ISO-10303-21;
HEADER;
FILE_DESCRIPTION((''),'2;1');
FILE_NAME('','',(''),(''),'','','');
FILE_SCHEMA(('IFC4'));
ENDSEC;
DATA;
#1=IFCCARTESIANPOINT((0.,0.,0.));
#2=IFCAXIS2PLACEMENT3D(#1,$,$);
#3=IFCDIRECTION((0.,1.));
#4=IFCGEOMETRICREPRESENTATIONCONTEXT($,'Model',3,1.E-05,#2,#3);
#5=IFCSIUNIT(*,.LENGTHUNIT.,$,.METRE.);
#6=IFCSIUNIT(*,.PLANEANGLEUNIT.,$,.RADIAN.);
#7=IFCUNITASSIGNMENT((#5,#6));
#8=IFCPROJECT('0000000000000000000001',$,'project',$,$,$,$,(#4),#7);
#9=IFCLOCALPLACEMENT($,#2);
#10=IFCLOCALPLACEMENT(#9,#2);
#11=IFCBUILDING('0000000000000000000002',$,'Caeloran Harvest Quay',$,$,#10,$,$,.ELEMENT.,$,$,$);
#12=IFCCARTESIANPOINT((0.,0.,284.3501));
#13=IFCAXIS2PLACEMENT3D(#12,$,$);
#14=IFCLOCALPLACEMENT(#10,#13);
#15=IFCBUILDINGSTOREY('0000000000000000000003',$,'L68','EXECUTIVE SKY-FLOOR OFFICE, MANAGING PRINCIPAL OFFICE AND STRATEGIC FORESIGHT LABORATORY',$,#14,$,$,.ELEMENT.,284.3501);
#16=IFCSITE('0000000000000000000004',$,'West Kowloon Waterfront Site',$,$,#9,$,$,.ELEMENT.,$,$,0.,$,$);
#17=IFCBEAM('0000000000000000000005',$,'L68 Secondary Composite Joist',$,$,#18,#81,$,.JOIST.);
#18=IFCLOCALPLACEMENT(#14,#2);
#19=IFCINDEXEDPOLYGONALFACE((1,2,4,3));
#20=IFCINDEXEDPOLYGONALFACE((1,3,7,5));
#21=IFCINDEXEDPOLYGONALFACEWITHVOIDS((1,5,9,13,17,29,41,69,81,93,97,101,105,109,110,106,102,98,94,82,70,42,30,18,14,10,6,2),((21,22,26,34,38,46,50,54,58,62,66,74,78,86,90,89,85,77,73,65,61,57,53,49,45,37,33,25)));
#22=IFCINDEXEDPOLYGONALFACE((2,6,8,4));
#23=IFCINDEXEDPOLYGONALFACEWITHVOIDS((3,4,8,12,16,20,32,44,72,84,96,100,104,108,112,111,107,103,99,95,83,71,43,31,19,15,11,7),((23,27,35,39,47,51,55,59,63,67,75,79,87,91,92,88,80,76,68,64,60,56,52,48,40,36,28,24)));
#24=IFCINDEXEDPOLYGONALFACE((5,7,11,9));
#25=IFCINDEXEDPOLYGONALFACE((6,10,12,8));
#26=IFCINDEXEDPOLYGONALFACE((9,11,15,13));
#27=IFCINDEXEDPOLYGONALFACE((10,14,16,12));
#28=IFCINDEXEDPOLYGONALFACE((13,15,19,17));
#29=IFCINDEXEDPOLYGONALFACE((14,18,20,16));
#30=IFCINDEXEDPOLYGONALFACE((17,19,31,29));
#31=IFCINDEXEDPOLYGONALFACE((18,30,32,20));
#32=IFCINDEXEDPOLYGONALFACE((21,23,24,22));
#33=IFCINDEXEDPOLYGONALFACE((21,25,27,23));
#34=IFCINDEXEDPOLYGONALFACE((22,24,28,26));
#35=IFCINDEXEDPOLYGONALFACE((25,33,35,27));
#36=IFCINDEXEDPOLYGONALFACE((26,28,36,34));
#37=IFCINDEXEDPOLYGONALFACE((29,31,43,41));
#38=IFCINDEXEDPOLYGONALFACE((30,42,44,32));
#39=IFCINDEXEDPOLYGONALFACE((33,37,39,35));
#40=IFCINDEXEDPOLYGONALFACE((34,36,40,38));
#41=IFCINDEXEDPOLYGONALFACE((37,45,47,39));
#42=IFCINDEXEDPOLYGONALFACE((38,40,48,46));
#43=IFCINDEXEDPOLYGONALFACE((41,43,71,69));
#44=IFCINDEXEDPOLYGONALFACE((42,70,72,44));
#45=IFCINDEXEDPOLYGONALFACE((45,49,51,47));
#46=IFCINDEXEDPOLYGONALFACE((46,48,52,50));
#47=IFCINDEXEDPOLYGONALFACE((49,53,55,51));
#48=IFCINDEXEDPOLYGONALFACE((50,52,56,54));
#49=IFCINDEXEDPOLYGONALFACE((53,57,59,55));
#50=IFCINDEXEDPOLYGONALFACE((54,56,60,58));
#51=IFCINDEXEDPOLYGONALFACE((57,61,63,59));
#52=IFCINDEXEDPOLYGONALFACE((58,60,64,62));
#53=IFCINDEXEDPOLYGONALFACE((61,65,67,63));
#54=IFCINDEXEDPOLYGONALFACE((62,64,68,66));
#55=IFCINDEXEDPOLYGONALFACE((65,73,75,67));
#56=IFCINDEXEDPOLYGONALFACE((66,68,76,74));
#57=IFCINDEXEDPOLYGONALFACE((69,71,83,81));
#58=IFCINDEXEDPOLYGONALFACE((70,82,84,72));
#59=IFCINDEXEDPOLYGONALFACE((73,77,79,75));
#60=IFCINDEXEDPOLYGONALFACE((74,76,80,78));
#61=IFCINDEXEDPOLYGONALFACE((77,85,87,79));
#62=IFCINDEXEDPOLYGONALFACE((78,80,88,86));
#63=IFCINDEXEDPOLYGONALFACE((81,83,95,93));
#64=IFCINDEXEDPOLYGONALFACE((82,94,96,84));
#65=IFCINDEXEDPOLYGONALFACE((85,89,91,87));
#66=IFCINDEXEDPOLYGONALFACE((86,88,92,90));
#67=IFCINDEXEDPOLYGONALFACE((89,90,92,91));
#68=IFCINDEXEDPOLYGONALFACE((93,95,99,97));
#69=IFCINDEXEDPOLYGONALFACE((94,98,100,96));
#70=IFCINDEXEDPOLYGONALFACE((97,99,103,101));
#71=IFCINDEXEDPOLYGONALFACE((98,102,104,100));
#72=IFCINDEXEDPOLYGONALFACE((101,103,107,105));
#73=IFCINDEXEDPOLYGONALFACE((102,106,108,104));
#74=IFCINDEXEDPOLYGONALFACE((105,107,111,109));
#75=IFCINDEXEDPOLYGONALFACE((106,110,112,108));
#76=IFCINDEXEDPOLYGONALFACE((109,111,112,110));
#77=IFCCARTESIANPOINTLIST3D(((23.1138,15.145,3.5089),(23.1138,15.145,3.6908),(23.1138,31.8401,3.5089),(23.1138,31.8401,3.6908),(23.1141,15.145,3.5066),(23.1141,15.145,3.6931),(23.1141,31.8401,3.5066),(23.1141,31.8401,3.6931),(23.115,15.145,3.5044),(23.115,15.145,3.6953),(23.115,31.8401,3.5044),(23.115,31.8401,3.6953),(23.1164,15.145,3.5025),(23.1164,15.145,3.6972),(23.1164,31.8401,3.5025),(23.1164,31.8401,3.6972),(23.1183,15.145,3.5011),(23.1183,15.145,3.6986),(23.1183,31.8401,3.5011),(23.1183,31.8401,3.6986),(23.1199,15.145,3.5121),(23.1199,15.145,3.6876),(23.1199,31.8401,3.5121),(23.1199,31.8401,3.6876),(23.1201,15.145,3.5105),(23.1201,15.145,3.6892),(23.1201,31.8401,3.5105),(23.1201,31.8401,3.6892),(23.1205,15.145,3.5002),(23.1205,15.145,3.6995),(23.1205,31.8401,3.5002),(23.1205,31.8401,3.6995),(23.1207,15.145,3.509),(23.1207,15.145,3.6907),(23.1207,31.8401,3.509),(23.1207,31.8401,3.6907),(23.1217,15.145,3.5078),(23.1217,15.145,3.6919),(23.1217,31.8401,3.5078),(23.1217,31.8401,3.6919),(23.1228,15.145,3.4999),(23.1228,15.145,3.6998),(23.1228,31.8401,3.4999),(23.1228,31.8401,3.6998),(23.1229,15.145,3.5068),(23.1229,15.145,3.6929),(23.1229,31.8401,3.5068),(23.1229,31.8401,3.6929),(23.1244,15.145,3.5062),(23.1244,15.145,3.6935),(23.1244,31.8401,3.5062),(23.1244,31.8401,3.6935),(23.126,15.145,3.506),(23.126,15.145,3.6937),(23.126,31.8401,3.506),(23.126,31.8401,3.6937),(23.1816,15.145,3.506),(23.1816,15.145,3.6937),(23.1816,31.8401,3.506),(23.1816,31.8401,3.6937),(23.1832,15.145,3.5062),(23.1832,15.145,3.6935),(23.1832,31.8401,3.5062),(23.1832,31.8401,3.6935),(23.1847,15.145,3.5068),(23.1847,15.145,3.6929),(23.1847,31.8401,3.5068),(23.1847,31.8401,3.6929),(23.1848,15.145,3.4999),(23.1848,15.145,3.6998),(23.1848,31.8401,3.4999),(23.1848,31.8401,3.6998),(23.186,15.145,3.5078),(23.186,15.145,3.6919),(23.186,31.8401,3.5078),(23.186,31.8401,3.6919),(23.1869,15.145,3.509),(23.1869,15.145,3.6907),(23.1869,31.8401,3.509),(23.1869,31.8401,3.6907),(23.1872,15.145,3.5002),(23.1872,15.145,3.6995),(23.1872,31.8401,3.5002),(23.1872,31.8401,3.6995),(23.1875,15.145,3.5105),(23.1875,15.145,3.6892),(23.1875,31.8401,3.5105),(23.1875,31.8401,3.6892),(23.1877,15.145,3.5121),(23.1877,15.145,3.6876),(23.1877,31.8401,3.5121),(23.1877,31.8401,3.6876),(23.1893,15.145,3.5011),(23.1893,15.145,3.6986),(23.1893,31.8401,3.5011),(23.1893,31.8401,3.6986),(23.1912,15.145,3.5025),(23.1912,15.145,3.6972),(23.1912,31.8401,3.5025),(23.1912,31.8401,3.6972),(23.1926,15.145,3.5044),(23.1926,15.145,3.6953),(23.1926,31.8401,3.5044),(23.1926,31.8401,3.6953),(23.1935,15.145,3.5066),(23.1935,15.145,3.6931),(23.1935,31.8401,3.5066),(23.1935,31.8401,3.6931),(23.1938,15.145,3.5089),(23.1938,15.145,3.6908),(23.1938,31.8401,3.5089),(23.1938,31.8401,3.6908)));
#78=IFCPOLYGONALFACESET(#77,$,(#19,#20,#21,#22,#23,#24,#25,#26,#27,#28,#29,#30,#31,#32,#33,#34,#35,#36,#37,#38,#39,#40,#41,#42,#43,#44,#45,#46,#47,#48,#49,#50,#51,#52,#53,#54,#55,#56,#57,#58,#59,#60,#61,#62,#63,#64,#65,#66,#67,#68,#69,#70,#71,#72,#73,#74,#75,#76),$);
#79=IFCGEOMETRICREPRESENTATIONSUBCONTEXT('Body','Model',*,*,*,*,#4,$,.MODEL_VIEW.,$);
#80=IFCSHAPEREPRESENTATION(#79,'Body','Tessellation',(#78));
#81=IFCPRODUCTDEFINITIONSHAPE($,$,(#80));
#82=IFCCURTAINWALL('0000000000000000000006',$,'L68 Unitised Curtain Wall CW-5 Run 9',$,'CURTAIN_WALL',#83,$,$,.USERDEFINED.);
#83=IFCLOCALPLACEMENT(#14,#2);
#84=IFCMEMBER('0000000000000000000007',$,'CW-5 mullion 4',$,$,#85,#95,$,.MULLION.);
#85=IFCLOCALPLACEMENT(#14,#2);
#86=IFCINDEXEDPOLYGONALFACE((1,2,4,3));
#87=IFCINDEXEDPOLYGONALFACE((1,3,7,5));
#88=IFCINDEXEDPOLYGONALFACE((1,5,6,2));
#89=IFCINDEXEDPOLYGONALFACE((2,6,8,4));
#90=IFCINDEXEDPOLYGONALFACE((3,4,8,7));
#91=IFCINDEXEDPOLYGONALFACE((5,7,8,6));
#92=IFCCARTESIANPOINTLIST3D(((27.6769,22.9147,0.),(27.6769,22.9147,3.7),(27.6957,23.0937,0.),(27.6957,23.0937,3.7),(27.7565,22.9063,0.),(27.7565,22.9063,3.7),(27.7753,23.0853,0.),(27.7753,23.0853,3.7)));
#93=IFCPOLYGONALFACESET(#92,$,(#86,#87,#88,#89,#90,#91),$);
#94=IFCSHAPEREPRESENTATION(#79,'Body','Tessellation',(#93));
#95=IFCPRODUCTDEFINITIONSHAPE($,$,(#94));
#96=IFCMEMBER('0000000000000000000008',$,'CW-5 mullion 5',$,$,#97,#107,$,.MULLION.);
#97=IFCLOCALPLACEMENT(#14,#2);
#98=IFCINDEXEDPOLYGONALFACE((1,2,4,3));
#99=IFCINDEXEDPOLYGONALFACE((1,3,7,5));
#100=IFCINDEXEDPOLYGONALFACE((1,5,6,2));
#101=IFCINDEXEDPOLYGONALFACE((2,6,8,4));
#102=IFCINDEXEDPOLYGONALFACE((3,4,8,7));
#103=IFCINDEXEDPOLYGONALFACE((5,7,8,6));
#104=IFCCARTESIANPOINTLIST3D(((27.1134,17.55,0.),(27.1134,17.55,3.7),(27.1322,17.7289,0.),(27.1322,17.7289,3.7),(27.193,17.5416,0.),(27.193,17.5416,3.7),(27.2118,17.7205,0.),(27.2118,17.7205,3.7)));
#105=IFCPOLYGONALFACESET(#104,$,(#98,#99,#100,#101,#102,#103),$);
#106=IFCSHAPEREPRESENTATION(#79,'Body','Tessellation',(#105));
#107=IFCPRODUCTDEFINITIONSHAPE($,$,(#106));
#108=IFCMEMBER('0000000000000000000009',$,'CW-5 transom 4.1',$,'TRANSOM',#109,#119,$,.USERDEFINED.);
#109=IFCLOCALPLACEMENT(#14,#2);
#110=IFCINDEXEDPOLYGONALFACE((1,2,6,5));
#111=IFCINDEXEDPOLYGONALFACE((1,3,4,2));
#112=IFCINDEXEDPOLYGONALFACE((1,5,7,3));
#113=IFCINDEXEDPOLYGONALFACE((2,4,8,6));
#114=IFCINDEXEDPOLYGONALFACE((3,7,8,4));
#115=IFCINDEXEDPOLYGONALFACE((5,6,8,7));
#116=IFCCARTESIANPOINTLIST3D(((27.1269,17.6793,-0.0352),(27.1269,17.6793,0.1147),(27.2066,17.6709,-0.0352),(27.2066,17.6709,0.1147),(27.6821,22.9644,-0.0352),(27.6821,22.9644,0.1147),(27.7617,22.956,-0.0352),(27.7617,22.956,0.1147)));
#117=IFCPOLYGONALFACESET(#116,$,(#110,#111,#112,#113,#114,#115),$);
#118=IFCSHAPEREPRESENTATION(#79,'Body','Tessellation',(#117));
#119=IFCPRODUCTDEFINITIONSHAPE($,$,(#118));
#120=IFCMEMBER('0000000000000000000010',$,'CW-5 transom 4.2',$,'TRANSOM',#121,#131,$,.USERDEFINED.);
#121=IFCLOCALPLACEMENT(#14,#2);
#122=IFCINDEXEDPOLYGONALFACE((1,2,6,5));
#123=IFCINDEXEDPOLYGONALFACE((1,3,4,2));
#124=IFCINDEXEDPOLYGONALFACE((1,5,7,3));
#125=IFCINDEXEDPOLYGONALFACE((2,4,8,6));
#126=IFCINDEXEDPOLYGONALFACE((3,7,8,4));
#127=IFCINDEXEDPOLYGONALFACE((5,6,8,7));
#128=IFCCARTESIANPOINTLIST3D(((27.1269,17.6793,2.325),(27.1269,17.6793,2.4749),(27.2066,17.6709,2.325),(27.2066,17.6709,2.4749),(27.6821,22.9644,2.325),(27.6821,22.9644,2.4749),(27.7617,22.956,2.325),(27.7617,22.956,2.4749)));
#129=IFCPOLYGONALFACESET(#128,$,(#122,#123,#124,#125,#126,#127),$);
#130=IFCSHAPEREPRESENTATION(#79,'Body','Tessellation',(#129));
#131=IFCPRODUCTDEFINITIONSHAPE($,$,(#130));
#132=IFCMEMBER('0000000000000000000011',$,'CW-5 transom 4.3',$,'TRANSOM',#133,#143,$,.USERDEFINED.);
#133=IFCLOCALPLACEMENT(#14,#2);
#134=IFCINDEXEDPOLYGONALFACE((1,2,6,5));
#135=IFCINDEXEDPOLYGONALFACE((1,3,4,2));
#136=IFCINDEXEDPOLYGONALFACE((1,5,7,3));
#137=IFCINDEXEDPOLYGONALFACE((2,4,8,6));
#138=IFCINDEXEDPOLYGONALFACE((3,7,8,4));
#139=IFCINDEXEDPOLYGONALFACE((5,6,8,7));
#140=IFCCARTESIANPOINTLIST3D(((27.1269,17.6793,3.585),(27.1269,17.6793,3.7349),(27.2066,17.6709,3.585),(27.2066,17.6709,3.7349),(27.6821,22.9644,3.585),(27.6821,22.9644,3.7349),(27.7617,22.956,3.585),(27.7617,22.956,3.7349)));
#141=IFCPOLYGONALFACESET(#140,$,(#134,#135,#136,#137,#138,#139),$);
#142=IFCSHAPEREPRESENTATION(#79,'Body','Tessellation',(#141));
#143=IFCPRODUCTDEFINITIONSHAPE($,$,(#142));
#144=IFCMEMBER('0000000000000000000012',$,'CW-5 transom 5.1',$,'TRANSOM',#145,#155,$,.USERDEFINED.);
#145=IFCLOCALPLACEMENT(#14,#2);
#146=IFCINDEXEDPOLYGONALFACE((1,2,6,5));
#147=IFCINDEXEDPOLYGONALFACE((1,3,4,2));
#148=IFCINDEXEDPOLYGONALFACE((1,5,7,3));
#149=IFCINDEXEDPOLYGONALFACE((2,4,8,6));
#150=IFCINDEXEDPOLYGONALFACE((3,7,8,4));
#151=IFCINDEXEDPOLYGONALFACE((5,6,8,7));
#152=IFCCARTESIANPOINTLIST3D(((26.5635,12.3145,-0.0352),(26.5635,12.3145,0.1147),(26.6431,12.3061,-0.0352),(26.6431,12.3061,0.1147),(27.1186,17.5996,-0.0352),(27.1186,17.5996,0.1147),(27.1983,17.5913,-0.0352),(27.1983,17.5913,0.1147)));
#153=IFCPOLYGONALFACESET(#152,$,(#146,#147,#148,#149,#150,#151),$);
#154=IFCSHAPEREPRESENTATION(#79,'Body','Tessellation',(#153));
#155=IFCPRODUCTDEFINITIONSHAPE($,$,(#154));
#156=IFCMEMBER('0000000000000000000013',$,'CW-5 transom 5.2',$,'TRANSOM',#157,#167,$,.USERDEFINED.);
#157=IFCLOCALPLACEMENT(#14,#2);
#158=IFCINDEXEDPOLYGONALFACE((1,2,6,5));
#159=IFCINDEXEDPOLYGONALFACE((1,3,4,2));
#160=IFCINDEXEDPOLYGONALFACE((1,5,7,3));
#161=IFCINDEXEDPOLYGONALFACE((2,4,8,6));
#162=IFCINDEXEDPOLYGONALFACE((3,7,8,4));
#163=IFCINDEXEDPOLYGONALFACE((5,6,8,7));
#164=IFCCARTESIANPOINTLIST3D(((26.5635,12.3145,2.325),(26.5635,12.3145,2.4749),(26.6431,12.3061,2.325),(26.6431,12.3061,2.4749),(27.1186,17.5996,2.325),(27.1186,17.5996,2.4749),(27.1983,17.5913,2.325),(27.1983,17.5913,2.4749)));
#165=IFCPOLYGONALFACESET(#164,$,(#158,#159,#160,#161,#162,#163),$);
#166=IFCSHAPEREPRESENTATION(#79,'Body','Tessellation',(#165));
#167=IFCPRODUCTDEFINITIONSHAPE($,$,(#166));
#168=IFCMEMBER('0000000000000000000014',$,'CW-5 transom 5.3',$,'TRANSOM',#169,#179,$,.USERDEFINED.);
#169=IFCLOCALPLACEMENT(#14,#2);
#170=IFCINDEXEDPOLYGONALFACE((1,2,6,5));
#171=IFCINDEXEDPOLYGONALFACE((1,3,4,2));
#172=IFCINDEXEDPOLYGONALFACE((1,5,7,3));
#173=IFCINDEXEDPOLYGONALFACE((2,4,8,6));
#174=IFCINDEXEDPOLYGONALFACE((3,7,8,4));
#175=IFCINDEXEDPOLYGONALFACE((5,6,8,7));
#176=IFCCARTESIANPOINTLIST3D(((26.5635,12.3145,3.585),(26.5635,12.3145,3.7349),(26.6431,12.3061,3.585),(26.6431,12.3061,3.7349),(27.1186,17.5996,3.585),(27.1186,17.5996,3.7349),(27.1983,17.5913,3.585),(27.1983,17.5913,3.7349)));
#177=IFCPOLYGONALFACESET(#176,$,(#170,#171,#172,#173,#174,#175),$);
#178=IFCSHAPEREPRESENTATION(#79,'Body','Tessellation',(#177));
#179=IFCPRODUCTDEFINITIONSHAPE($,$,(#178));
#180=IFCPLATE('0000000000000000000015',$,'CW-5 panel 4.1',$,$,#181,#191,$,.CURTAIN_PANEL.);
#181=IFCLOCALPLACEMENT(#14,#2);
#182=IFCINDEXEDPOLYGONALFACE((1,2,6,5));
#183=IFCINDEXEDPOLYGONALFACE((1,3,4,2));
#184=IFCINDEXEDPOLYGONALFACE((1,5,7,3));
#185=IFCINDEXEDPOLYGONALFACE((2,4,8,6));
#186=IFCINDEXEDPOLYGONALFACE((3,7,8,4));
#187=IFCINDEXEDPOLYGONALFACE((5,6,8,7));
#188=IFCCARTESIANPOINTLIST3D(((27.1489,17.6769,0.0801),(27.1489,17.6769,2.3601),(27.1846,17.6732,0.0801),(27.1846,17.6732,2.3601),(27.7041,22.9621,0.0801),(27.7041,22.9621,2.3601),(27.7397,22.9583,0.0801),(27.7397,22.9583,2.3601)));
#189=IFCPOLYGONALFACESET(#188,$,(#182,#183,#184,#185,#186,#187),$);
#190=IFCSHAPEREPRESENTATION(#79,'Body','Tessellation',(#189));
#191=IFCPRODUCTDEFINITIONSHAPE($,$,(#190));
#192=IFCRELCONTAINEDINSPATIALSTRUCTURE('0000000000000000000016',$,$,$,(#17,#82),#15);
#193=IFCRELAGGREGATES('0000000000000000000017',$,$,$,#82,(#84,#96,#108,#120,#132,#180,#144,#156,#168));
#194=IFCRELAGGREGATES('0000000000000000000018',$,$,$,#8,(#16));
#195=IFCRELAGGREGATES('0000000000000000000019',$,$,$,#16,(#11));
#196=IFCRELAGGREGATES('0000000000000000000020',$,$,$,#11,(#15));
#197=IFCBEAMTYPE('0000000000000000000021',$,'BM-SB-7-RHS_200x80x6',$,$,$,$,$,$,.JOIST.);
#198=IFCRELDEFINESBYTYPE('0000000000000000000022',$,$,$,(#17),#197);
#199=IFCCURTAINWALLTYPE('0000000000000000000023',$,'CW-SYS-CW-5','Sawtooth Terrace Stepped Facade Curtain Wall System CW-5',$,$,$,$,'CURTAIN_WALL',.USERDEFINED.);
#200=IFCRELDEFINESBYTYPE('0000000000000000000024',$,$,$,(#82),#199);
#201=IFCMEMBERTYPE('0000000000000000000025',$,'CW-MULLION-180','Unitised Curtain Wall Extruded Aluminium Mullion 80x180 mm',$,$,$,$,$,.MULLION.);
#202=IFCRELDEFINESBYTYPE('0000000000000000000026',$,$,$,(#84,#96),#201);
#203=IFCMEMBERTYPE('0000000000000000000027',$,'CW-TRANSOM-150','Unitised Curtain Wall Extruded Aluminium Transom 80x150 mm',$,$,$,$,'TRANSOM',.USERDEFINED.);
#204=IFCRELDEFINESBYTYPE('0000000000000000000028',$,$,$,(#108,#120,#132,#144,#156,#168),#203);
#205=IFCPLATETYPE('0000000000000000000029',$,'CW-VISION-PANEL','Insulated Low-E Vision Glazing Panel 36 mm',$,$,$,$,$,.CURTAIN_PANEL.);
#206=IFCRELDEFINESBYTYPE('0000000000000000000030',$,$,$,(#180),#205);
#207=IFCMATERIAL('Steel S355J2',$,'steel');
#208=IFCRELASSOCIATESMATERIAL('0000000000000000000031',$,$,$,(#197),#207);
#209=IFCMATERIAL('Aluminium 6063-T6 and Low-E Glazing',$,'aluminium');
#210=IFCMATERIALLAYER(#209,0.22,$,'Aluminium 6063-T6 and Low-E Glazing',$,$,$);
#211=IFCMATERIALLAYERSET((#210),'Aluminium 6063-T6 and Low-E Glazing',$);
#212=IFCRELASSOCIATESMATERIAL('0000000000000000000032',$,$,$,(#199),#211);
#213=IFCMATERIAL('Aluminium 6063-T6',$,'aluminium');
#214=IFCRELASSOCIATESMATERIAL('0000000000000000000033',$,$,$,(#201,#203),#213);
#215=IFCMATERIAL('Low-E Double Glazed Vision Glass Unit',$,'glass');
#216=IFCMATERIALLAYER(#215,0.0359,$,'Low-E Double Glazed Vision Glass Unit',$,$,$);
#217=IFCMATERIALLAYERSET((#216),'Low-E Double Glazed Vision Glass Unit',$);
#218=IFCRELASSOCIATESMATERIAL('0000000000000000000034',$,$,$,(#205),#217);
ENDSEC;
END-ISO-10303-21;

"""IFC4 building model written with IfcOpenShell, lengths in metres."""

from ifc_helpers import new_model, si_unit, direction, frame, origin, origin_2d, place, context, subcontext, project, spatial, rectangle, hollow_rectangle, extrude, material, layer, layer_set, material_profile, profile_set, type_object, element, aggregate, save


model = new_model("IFC4")

# Units and contexts
model_context = context("Model", 3, precision=1e-05, world=origin(), true_north=direction((0.0, 1.0)))
body_context = subcontext(model_context, "Body", "Model", "MODEL_VIEW")
ifc_project = project(units=[si_unit("LENGTHUNIT", "METRE"), si_unit("PLANEANGLEUNIT", "RADIAN")], contexts=[model_context])

# Site, building, storey
site_placement = place(None, origin())
site = spatial("IfcSite", under=ifc_project, at=site_placement, Name="West Kowloon Waterfront Site", CompositionType="ELEMENT", RefElevation=0.0)
building_placement = place(site_placement, origin())
building = spatial("IfcBuilding", under=site, at=building_placement, Name="Caeloran Harvest Quay", CompositionType="ELEMENT")
storey_placement = place(building_placement, frame((0.0, 0.0, 284.3501)))
storey = spatial("IfcBuildingStorey", under=building, at=storey_placement, Name="L68", Description="EXECUTIVE SKY-FLOOR OFFICE, MANAGING PRINCIPAL OFFICE AND STRATEGIC FORESIGHT LABORATORY", CompositionType="ELEMENT", Elevation=284.3501)

# Beam
ifc_material_1 = material(Name="Steel S355J2", Category="steel")
ifc_material_profile_1 = material_profile(ifc_material_1, hollow_rectangle(XDim=0.0801, YDim=0.2, WallThickness=0.0061, InnerFilletRadius=0.0061, OuterFilletRadius=0.009, at=origin_2d()), Name="RHS 200x80x6")
ifc_profile_set_1 = profile_set([ifc_material_profile_1], Name="Steel S355J2")
beam_type_1 = type_object("IfcBeamType", Name="BM-SB-7-RHS_200x80x6", PredefinedType="JOIST", material=ifc_profile_set_1)
for number, where, z_axis, x_axis, name in (
    (1, (23.1538, 15.145, 3.5999), (0.0, 1.0, 0.0), (-1.0, 0.0, 0.0), "L68 Secondary Composite Joist"),
):
    element("IfcBeam", number, at=place(storey_placement, frame(where, z_axis=z_axis, x_axis=x_axis)), inside=storey, type_object=beam_type_1, Name=name, PredefinedType="JOIST", context=body_context, shape_type="SweptSolid", body=[
        extrude(hollow_rectangle(XDim=0.0801, YDim=0.2, WallThickness=0.0061, InnerFilletRadius=0.0061, OuterFilletRadius=0.009, at=origin_2d()), origin(), (0.0, 0.0, 1.0), 16.6951),
    ])

# Curtain wall, members, plate
ifc_material_2 = material(Name="Aluminium 6063-T6 and Low-E Glazing", Category="aluminium")
ifc_layer_1 = layer(ifc_material_2, 0.22, Name="Aluminium 6063-T6 and Low-E Glazing")
ifc_layer_set_1 = layer_set([ifc_layer_1], Name="Aluminium 6063-T6 and Low-E Glazing")
curtain_wall_type = type_object("IfcCurtainWallType", Name="CW-SYS-CW-5", Description="Sawtooth Terrace Stepped Facade Curtain Wall System CW-5", ElementType="CURTAIN_WALL", PredefinedType="USERDEFINED", material=ifc_layer_set_1)
curtain_wall_placement = place(storey_placement, origin())
curtain_wall = element("IfcCurtainWall", 2, at=curtain_wall_placement, inside=storey, type_object=curtain_wall_type, Name="L68 Unitised Curtain Wall CW-5 Run 9", ObjectType="CURTAIN_WALL", PredefinedType="USERDEFINED")
ifc_material_3 = material(Name="Aluminium 6063-T6", Category="aluminium")
ifc_material_profile_2 = material_profile(ifc_material_3, rectangle(XDim=0.0801, YDim=0.1799, at=origin_2d()), Name="CW-MULLION-180")
ifc_profile_set_2 = profile_set([ifc_material_profile_2], Name="Aluminium 6063-T6")
member_type_1 = type_object("IfcMemberType", Name="CW-MULLION-180", Description="Unitised Curtain Wall Extruded Aluminium Mullion 80x180 mm", PredefinedType="MULLION", material=ifc_profile_set_2)
member_1_placement = place(storey_placement, frame((27.7261, 23.0, 0.0), z_axis=(0.0, 0.0, 1.0), x_axis=(0.994529, -0.10446, 0.0)))
member_1 = element("IfcMember", 3, at=member_1_placement, type_object=member_type_1, Name="CW-5 mullion 4", PredefinedType="MULLION", context=body_context, shape_type="SweptSolid", body=[
    extrude(rectangle(XDim=0.0801, YDim=0.1799, at=origin_2d()), origin(), (0.0, 0.0, 1.0), 3.7),
])
member_2_placement = place(storey_placement, frame((27.1626, 17.6353, 0.0), z_axis=(0.0, 0.0, 1.0), x_axis=(0.994529, -0.10446, 0.0)))
member_2 = element("IfcMember", 4, at=member_2_placement, type_object=member_type_1, Name="CW-5 mullion 5", PredefinedType="MULLION", context=body_context, shape_type="SweptSolid", body=[
    extrude(rectangle(XDim=0.0801, YDim=0.1799, at=origin_2d()), origin(), (0.0, 0.0, 1.0), 3.7),
])
ifc_material_profile_3 = material_profile(ifc_material_3, rectangle(XDim=0.0801, YDim=0.1499, at=origin_2d()), Name="CW-TRANSOM-150")
ifc_profile_set_3 = profile_set([ifc_material_profile_3], Name="Aluminium 6063-T6")
member_type_2 = type_object("IfcMemberType", Name="CW-TRANSOM-150", Description="Unitised Curtain Wall Extruded Aluminium Transom 80x150 mm", ElementType="TRANSOM", PredefinedType="USERDEFINED", material=ifc_profile_set_3)
member_3_placement = place(storey_placement, frame((27.7219, 22.9602, 0.0398), z_axis=(-0.10447, -0.994528, 0.0), x_axis=(0.994528, -0.10447, 0.0)))
member_3 = element("IfcMember", 5, at=member_3_placement, type_object=member_type_2, Name="CW-5 transom 4.1", ObjectType="TRANSOM", PredefinedType="USERDEFINED", context=body_context, shape_type="SweptSolid", body=[
    extrude(rectangle(XDim=0.0801, YDim=0.1499, at=origin_2d()), origin(), (0.0, 0.0, 1.0), 5.3142),
])
member_4_placement = place(storey_placement, frame((27.7219, 22.9602, 2.3999), z_axis=(-0.10447, -0.994528, 0.0), x_axis=(0.994528, -0.10447, 0.0)))
member_4 = element("IfcMember", 6, at=member_4_placement, type_object=member_type_2, Name="CW-5 transom 4.2", ObjectType="TRANSOM", PredefinedType="USERDEFINED", context=body_context, shape_type="SweptSolid", body=[
    extrude(rectangle(XDim=0.0801, YDim=0.1499, at=origin_2d()), origin(), (0.0, 0.0, 1.0), 5.3142),
])
member_5_placement = place(storey_placement, frame((27.7219, 22.9602, 3.6599), z_axis=(-0.10447, -0.994528, 0.0), x_axis=(0.994528, -0.10447, 0.0)))
member_5 = element("IfcMember", 7, at=member_5_placement, type_object=member_type_2, Name="CW-5 transom 4.3", ObjectType="TRANSOM", PredefinedType="USERDEFINED", context=body_context, shape_type="SweptSolid", body=[
    extrude(rectangle(XDim=0.0801, YDim=0.1499, at=origin_2d()), origin(), (0.0, 0.0, 1.0), 5.3142),
])
member_6_placement = place(storey_placement, frame((27.1584, 17.5955, 0.0398), z_axis=(-0.10447, -0.994528, 0.0), x_axis=(0.994528, -0.10447, 0.0)))
member_6 = element("IfcMember", 8, at=member_6_placement, type_object=member_type_2, Name="CW-5 transom 5.1", ObjectType="TRANSOM", PredefinedType="USERDEFINED", context=body_context, shape_type="SweptSolid", body=[
    extrude(rectangle(XDim=0.0801, YDim=0.1499, at=origin_2d()), origin(), (0.0, 0.0, 1.0), 5.3142),
])
member_7_placement = place(storey_placement, frame((27.1584, 17.5955, 2.3999), z_axis=(-0.10447, -0.994528, 0.0), x_axis=(0.994528, -0.10447, 0.0)))
member_7 = element("IfcMember", 9, at=member_7_placement, type_object=member_type_2, Name="CW-5 transom 5.2", ObjectType="TRANSOM", PredefinedType="USERDEFINED", context=body_context, shape_type="SweptSolid", body=[
    extrude(rectangle(XDim=0.0801, YDim=0.1499, at=origin_2d()), origin(), (0.0, 0.0, 1.0), 5.3142),
])
member_8_placement = place(storey_placement, frame((27.1584, 17.5955, 3.6599), z_axis=(-0.10447, -0.994528, 0.0), x_axis=(0.994528, -0.10447, 0.0)))
member_8 = element("IfcMember", 10, at=member_8_placement, type_object=member_type_2, Name="CW-5 transom 5.3", ObjectType="TRANSOM", PredefinedType="USERDEFINED", context=body_context, shape_type="SweptSolid", body=[
    extrude(rectangle(XDim=0.0801, YDim=0.1499, at=origin_2d()), origin(), (0.0, 0.0, 1.0), 5.3142),
])
ifc_material_4 = material(Name="Low-E Double Glazed Vision Glass Unit", Category="glass")
ifc_layer_2 = layer(ifc_material_4, 0.0359, Name="Low-E Double Glazed Vision Glass Unit")
ifc_layer_set_2 = layer_set([ifc_layer_2], Name="Low-E Double Glazed Vision Glass Unit")
plate_type = type_object("IfcPlateType", Name="CW-VISION-PANEL", Description="Insulated Low-E Vision Glazing Panel 36 mm", PredefinedType="CURTAIN_PANEL", material=ifc_layer_set_2)
plate_1_placement = place(storey_placement, frame((27.4443, 20.3176, 0.0801), z_axis=(0.0, 0.0, 1.0), x_axis=(-0.10446, -0.994529, 0.0)))
plate_1 = element("IfcPlate", 11, at=plate_1_placement, type_object=plate_type, Name="CW-5 panel 4.1", PredefinedType="CURTAIN_PANEL", context=body_context, shape_type="SweptSolid", body=[
    extrude(rectangle(XDim=5.3142, YDim=0.0359, at=origin_2d()), origin(), (0.0, 0.0, 1.0), 2.28),
])
aggregate(curtain_wall, [member_1, member_2, member_3, member_4, member_5, plate_1, member_6, member_7, member_8])

save(model, "model.ifc")
